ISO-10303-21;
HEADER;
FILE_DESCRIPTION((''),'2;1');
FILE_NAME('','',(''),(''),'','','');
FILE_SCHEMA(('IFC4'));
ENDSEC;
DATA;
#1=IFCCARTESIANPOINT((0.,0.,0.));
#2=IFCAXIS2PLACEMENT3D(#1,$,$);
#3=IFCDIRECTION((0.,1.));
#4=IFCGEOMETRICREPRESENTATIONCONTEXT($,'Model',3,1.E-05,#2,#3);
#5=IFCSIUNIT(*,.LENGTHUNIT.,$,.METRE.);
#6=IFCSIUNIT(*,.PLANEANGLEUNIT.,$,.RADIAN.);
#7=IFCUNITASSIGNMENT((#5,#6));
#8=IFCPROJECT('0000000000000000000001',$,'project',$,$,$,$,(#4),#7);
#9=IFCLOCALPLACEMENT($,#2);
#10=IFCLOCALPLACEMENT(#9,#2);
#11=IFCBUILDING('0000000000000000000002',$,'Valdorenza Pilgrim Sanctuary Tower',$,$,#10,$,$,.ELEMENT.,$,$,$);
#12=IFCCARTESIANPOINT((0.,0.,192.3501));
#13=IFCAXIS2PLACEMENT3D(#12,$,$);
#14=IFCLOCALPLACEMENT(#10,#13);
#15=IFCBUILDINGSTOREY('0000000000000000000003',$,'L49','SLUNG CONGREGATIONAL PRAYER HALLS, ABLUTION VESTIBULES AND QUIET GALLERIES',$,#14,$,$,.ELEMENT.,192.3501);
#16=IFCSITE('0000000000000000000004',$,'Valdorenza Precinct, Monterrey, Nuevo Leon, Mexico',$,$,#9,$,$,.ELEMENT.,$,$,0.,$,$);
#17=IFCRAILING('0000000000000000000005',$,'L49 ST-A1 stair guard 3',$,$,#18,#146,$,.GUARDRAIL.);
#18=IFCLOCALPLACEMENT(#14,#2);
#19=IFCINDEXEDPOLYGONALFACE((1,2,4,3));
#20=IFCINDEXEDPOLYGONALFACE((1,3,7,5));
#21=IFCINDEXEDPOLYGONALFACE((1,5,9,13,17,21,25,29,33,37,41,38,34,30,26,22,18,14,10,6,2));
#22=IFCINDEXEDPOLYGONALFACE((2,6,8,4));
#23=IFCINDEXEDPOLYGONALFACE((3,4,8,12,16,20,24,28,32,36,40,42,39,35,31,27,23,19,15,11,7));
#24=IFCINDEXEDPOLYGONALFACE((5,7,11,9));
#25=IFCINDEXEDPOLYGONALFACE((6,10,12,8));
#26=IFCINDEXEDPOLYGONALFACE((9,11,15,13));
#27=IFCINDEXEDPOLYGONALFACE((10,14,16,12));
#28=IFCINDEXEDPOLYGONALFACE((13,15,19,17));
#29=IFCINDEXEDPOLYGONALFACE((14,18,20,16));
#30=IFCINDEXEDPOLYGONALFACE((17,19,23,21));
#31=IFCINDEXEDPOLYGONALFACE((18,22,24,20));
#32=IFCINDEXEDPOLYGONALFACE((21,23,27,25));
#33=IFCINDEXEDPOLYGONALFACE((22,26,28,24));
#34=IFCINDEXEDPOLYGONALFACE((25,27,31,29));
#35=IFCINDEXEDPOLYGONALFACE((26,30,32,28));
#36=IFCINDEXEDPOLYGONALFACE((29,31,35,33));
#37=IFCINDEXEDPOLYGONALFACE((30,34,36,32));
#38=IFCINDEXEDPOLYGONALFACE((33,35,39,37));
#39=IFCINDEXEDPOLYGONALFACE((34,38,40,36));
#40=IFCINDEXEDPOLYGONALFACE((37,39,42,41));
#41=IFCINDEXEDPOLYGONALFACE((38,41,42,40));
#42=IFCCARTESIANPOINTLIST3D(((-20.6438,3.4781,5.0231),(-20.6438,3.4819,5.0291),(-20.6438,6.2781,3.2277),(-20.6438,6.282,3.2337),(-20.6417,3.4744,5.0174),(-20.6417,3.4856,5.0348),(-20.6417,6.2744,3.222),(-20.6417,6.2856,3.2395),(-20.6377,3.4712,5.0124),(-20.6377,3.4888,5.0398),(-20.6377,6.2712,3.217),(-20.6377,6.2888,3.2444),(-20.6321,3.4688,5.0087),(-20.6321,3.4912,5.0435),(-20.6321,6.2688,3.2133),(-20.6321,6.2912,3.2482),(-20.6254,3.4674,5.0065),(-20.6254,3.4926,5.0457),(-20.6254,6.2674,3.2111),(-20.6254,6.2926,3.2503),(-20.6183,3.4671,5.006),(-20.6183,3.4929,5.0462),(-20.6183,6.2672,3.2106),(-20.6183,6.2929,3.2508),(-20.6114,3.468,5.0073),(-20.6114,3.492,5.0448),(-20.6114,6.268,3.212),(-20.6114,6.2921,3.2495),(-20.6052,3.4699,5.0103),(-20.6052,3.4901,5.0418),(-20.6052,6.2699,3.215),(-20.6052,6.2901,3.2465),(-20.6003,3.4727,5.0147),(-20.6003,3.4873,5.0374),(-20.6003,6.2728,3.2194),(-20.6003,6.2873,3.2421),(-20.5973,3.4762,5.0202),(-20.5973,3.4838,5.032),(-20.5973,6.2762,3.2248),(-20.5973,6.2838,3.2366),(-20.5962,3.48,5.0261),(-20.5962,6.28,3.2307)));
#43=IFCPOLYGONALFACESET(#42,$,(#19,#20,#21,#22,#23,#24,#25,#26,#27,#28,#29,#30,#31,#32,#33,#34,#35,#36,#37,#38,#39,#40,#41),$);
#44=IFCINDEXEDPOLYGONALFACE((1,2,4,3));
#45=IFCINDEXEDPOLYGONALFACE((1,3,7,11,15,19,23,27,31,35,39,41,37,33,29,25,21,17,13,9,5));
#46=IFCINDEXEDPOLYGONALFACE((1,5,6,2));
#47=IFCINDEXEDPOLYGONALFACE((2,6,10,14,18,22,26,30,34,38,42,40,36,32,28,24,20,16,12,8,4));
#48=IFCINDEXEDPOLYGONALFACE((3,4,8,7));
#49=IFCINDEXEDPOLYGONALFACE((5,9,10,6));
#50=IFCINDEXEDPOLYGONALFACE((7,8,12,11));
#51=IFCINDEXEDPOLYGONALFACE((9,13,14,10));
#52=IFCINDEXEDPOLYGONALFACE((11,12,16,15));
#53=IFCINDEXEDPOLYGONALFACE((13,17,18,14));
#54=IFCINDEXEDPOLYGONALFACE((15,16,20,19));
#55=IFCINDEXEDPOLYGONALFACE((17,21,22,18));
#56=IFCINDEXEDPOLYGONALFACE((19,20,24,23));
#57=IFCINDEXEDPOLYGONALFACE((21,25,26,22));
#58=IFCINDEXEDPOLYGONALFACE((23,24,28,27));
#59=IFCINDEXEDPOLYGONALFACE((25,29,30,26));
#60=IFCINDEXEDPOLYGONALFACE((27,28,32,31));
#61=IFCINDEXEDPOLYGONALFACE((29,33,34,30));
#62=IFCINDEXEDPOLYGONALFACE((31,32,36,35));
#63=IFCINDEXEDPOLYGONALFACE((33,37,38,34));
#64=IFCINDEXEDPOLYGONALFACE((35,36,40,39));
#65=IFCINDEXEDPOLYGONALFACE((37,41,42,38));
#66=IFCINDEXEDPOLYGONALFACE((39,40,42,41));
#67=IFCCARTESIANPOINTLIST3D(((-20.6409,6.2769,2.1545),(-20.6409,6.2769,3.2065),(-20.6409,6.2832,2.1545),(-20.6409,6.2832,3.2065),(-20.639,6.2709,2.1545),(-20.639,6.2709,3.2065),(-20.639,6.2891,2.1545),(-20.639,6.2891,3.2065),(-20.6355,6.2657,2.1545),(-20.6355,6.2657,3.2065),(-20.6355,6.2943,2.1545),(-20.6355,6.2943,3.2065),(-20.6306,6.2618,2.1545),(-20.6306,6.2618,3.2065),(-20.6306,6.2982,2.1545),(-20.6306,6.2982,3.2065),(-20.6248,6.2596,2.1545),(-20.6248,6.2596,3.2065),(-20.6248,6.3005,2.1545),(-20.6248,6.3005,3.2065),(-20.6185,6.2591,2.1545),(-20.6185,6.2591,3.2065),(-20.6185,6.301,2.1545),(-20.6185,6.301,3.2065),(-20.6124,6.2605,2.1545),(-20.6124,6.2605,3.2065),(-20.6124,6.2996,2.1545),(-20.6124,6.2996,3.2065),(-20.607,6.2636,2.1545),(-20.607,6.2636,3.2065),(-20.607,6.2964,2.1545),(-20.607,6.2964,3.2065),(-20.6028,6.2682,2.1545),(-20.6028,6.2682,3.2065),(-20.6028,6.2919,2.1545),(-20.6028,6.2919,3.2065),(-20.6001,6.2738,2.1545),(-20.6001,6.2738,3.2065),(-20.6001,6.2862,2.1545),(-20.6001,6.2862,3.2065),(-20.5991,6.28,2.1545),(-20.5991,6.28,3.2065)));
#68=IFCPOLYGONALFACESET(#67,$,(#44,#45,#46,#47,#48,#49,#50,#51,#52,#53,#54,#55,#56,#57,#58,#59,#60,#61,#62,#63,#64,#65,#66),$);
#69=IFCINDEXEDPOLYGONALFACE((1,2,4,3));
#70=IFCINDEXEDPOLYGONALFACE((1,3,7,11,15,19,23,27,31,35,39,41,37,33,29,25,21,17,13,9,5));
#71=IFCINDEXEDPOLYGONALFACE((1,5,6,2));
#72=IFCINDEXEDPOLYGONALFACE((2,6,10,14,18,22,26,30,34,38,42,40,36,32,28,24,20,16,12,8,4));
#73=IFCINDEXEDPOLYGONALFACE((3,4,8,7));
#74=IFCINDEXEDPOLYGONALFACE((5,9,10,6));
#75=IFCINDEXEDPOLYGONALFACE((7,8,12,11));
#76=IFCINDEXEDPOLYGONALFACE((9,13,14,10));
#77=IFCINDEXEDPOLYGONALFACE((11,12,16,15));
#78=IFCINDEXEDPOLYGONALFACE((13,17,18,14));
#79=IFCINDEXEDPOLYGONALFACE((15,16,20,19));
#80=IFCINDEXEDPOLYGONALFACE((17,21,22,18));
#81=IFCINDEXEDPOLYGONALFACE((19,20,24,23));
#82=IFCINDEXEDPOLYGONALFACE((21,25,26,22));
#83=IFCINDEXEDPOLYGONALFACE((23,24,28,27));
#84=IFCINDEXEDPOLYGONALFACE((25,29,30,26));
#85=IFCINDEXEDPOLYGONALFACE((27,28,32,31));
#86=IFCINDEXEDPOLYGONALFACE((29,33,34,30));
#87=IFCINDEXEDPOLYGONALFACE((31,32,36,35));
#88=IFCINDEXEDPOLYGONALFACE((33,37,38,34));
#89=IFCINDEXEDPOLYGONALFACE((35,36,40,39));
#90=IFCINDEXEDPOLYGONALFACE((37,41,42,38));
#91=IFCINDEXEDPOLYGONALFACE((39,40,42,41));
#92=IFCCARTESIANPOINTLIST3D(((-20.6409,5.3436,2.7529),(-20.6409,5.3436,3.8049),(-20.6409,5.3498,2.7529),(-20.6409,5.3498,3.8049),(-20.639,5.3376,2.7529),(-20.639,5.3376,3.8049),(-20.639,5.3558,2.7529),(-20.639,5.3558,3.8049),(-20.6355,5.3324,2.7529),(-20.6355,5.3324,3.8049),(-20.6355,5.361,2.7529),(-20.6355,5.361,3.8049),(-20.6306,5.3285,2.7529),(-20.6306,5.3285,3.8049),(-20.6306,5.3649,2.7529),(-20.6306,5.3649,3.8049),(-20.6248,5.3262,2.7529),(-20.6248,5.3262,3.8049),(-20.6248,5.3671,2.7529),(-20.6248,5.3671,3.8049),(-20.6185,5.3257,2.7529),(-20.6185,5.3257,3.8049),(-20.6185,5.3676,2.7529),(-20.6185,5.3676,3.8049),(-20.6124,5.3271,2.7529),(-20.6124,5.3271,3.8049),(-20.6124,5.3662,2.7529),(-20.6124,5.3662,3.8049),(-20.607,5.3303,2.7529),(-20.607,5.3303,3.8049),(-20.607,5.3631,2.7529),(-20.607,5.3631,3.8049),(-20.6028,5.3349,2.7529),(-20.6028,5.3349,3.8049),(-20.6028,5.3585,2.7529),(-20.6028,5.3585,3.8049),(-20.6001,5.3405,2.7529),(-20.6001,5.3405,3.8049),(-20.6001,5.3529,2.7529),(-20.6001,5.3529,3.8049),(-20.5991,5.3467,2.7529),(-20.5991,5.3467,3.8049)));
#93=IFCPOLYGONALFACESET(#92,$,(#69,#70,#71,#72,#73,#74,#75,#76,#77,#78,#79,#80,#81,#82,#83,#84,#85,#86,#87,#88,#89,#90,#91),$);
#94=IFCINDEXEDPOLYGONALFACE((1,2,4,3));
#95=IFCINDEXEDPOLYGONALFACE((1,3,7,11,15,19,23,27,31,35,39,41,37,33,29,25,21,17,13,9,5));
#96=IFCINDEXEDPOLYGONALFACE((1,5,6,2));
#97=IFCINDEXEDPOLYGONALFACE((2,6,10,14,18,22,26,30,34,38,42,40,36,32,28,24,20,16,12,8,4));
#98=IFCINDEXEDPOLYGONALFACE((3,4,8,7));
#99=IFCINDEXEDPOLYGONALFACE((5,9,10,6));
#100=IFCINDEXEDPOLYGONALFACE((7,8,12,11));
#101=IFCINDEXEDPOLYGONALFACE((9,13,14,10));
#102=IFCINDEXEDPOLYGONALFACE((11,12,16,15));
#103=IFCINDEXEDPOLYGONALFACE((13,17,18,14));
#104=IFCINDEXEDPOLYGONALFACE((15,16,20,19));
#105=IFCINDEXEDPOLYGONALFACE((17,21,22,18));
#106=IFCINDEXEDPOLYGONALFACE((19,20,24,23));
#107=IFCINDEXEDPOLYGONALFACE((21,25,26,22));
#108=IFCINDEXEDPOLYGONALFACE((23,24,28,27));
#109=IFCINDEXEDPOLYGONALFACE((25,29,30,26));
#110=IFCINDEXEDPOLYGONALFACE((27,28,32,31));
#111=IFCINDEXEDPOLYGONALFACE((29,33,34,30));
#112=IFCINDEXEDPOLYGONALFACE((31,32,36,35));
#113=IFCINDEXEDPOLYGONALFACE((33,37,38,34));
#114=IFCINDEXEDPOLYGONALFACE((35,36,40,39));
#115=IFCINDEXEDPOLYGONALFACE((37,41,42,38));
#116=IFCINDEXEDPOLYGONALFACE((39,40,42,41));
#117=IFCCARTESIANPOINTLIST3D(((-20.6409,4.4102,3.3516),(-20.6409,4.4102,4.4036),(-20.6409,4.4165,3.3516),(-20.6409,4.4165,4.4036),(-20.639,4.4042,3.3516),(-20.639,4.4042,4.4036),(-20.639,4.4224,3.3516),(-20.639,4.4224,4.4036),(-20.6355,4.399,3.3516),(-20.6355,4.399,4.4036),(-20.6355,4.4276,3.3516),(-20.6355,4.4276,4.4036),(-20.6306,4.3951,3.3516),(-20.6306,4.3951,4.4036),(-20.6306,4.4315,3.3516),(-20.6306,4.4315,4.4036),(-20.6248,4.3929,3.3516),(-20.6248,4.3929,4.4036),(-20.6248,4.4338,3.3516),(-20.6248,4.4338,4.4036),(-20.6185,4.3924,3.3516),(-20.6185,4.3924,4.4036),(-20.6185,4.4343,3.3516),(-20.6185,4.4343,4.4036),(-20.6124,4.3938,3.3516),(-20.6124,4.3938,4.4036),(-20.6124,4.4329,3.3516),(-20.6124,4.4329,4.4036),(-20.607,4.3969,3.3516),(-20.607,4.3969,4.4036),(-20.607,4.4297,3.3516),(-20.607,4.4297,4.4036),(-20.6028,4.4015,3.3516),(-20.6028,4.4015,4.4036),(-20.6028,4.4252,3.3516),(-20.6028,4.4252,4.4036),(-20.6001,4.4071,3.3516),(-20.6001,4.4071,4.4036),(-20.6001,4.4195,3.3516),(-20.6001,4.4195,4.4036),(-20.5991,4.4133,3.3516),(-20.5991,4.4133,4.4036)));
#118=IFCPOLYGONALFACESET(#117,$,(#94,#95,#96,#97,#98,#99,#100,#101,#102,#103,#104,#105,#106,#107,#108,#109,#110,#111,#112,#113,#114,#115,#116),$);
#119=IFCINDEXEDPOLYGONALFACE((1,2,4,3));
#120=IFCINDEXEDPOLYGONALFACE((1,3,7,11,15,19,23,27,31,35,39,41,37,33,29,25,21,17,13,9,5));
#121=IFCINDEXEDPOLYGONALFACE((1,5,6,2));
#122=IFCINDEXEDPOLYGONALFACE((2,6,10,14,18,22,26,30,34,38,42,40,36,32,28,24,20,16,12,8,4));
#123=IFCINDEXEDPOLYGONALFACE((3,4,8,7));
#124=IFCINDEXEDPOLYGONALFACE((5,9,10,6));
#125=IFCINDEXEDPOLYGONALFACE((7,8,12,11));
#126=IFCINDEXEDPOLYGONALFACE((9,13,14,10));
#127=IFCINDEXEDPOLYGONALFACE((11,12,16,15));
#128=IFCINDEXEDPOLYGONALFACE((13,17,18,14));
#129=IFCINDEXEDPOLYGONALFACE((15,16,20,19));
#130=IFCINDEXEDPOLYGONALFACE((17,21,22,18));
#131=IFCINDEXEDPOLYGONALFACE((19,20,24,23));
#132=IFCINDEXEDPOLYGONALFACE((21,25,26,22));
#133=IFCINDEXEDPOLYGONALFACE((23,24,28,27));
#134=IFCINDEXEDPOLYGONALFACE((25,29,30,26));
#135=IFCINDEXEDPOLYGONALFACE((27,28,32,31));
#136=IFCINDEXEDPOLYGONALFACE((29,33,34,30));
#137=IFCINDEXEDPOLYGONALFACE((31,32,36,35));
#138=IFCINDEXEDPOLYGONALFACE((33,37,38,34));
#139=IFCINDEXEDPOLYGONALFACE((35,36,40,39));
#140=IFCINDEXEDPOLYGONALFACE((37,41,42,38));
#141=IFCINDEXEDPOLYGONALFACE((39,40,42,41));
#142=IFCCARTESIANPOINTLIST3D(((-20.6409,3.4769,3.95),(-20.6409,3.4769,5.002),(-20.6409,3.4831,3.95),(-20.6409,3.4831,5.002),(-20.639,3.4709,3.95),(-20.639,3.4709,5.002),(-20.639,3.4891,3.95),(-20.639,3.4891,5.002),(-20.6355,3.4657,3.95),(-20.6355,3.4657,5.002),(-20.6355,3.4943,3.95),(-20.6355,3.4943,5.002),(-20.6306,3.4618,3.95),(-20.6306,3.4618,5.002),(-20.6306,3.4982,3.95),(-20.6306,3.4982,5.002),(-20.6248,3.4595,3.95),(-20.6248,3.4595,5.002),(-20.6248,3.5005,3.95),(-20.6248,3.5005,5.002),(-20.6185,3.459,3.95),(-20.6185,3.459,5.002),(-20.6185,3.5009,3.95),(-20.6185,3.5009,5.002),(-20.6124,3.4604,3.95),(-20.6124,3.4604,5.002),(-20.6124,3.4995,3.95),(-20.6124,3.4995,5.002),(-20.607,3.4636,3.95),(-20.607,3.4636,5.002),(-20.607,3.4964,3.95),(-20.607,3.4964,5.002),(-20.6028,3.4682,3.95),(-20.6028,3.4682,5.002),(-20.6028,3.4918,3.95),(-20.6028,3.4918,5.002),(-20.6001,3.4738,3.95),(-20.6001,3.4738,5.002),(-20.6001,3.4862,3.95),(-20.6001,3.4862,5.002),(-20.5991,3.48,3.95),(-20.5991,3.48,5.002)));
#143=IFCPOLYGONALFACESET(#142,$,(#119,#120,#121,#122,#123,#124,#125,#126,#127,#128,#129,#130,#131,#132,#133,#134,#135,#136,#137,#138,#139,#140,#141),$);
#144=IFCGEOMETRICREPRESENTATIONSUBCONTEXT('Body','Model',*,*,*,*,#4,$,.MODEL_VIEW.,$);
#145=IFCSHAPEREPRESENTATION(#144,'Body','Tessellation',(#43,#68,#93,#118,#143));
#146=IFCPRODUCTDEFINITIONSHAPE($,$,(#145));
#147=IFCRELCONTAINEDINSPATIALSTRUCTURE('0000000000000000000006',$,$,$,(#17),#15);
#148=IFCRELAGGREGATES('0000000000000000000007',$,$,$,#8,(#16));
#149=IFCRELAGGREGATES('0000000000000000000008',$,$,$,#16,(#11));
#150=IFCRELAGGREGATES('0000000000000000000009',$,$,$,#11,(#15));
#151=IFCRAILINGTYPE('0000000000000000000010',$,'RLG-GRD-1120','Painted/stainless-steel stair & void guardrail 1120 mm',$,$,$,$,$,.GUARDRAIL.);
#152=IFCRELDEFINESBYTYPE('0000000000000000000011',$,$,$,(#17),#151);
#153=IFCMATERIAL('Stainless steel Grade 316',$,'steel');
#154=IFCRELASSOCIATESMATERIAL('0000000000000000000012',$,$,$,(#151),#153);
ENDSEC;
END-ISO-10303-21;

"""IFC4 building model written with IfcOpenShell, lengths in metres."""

from ifc_helpers import new_model, si_unit, direction, frame, origin, origin_2d, place, context, subcontext, project, spatial, circle, extrude, material, type_object, element, save


model = new_model("IFC4")

# Units and contexts
model_context = context("Model", 3, precision=1e-05, world=origin(), true_north=direction((0.0, 1.0)))
body_context = subcontext(model_context, "Body", "Model", "MODEL_VIEW")
ifc_project = project(units=[si_unit("LENGTHUNIT", "METRE"), si_unit("PLANEANGLEUNIT", "RADIAN")], contexts=[model_context])

# Site, building, storey
site_placement = place(None, origin())
site = spatial("IfcSite", under=ifc_project, at=site_placement, Name="Valdorenza Precinct, Monterrey, Nuevo Leon, Mexico", CompositionType="ELEMENT", RefElevation=0.0)
building_placement = place(site_placement, origin())
building = spatial("IfcBuilding", under=site, at=building_placement, Name="Valdorenza Pilgrim Sanctuary Tower", CompositionType="ELEMENT")
storey_placement = place(building_placement, frame((0.0, 0.0, 192.3501)))
storey = spatial("IfcBuildingStorey", under=building, at=storey_placement, Name="L49", Description="SLUNG CONGREGATIONAL PRAYER HALLS, ABLUTION VESTIBULES AND QUIET GALLERIES", CompositionType="ELEMENT", Elevation=192.3501)

# Railing
ifc_material_1 = material(Name="Stainless steel Grade 316", Category="steel")
railing_type_1 = type_object("IfcRailingType", Name="RLG-GRD-1120", Description="Painted/stainless-steel stair & void guardrail 1120 mm", PredefinedType="GUARDRAIL", material=ifc_material_1)
railing_1_placement = place(storey_placement, frame((-20.6201, 6.28, 2.1545)))
element("IfcRailing", 1, at=railing_1_placement, inside=storey, type_object=railing_type_1, Name="L49 ST-A1 stair guard 3", PredefinedType="GUARDRAIL", context=body_context, shape_type="SweptSolid", body=[
    extrude(circle(Radius=0.0239, at=origin_2d()), frame((0.0, 0.0, 1.0762), z_axis=(0.0, -0.84181, 0.539774), x_axis=(1.0, 0.0, 0.0)), (0.0, 0.0, 1.0), 3.3262),
    extrude(circle(Radius=0.021, at=origin_2d()), origin(), (0.0, 0.0, 1.0), 1.052),
    extrude(circle(Radius=0.021, at=origin_2d()), frame((0.0, -0.9333, 0.5984)), (0.0, 0.0, 1.0), 1.052),
    extrude(circle(Radius=0.021, at=origin_2d()), frame((0.0, -1.8667, 1.197)), (0.0, 0.0, 1.0), 1.052),
    extrude(circle(Radius=0.021, at=origin_2d()), frame((0.0, -2.8, 1.7954)), (0.0, 0.0, 1.0), 1.052),
])

save(model, "model.ifc")
